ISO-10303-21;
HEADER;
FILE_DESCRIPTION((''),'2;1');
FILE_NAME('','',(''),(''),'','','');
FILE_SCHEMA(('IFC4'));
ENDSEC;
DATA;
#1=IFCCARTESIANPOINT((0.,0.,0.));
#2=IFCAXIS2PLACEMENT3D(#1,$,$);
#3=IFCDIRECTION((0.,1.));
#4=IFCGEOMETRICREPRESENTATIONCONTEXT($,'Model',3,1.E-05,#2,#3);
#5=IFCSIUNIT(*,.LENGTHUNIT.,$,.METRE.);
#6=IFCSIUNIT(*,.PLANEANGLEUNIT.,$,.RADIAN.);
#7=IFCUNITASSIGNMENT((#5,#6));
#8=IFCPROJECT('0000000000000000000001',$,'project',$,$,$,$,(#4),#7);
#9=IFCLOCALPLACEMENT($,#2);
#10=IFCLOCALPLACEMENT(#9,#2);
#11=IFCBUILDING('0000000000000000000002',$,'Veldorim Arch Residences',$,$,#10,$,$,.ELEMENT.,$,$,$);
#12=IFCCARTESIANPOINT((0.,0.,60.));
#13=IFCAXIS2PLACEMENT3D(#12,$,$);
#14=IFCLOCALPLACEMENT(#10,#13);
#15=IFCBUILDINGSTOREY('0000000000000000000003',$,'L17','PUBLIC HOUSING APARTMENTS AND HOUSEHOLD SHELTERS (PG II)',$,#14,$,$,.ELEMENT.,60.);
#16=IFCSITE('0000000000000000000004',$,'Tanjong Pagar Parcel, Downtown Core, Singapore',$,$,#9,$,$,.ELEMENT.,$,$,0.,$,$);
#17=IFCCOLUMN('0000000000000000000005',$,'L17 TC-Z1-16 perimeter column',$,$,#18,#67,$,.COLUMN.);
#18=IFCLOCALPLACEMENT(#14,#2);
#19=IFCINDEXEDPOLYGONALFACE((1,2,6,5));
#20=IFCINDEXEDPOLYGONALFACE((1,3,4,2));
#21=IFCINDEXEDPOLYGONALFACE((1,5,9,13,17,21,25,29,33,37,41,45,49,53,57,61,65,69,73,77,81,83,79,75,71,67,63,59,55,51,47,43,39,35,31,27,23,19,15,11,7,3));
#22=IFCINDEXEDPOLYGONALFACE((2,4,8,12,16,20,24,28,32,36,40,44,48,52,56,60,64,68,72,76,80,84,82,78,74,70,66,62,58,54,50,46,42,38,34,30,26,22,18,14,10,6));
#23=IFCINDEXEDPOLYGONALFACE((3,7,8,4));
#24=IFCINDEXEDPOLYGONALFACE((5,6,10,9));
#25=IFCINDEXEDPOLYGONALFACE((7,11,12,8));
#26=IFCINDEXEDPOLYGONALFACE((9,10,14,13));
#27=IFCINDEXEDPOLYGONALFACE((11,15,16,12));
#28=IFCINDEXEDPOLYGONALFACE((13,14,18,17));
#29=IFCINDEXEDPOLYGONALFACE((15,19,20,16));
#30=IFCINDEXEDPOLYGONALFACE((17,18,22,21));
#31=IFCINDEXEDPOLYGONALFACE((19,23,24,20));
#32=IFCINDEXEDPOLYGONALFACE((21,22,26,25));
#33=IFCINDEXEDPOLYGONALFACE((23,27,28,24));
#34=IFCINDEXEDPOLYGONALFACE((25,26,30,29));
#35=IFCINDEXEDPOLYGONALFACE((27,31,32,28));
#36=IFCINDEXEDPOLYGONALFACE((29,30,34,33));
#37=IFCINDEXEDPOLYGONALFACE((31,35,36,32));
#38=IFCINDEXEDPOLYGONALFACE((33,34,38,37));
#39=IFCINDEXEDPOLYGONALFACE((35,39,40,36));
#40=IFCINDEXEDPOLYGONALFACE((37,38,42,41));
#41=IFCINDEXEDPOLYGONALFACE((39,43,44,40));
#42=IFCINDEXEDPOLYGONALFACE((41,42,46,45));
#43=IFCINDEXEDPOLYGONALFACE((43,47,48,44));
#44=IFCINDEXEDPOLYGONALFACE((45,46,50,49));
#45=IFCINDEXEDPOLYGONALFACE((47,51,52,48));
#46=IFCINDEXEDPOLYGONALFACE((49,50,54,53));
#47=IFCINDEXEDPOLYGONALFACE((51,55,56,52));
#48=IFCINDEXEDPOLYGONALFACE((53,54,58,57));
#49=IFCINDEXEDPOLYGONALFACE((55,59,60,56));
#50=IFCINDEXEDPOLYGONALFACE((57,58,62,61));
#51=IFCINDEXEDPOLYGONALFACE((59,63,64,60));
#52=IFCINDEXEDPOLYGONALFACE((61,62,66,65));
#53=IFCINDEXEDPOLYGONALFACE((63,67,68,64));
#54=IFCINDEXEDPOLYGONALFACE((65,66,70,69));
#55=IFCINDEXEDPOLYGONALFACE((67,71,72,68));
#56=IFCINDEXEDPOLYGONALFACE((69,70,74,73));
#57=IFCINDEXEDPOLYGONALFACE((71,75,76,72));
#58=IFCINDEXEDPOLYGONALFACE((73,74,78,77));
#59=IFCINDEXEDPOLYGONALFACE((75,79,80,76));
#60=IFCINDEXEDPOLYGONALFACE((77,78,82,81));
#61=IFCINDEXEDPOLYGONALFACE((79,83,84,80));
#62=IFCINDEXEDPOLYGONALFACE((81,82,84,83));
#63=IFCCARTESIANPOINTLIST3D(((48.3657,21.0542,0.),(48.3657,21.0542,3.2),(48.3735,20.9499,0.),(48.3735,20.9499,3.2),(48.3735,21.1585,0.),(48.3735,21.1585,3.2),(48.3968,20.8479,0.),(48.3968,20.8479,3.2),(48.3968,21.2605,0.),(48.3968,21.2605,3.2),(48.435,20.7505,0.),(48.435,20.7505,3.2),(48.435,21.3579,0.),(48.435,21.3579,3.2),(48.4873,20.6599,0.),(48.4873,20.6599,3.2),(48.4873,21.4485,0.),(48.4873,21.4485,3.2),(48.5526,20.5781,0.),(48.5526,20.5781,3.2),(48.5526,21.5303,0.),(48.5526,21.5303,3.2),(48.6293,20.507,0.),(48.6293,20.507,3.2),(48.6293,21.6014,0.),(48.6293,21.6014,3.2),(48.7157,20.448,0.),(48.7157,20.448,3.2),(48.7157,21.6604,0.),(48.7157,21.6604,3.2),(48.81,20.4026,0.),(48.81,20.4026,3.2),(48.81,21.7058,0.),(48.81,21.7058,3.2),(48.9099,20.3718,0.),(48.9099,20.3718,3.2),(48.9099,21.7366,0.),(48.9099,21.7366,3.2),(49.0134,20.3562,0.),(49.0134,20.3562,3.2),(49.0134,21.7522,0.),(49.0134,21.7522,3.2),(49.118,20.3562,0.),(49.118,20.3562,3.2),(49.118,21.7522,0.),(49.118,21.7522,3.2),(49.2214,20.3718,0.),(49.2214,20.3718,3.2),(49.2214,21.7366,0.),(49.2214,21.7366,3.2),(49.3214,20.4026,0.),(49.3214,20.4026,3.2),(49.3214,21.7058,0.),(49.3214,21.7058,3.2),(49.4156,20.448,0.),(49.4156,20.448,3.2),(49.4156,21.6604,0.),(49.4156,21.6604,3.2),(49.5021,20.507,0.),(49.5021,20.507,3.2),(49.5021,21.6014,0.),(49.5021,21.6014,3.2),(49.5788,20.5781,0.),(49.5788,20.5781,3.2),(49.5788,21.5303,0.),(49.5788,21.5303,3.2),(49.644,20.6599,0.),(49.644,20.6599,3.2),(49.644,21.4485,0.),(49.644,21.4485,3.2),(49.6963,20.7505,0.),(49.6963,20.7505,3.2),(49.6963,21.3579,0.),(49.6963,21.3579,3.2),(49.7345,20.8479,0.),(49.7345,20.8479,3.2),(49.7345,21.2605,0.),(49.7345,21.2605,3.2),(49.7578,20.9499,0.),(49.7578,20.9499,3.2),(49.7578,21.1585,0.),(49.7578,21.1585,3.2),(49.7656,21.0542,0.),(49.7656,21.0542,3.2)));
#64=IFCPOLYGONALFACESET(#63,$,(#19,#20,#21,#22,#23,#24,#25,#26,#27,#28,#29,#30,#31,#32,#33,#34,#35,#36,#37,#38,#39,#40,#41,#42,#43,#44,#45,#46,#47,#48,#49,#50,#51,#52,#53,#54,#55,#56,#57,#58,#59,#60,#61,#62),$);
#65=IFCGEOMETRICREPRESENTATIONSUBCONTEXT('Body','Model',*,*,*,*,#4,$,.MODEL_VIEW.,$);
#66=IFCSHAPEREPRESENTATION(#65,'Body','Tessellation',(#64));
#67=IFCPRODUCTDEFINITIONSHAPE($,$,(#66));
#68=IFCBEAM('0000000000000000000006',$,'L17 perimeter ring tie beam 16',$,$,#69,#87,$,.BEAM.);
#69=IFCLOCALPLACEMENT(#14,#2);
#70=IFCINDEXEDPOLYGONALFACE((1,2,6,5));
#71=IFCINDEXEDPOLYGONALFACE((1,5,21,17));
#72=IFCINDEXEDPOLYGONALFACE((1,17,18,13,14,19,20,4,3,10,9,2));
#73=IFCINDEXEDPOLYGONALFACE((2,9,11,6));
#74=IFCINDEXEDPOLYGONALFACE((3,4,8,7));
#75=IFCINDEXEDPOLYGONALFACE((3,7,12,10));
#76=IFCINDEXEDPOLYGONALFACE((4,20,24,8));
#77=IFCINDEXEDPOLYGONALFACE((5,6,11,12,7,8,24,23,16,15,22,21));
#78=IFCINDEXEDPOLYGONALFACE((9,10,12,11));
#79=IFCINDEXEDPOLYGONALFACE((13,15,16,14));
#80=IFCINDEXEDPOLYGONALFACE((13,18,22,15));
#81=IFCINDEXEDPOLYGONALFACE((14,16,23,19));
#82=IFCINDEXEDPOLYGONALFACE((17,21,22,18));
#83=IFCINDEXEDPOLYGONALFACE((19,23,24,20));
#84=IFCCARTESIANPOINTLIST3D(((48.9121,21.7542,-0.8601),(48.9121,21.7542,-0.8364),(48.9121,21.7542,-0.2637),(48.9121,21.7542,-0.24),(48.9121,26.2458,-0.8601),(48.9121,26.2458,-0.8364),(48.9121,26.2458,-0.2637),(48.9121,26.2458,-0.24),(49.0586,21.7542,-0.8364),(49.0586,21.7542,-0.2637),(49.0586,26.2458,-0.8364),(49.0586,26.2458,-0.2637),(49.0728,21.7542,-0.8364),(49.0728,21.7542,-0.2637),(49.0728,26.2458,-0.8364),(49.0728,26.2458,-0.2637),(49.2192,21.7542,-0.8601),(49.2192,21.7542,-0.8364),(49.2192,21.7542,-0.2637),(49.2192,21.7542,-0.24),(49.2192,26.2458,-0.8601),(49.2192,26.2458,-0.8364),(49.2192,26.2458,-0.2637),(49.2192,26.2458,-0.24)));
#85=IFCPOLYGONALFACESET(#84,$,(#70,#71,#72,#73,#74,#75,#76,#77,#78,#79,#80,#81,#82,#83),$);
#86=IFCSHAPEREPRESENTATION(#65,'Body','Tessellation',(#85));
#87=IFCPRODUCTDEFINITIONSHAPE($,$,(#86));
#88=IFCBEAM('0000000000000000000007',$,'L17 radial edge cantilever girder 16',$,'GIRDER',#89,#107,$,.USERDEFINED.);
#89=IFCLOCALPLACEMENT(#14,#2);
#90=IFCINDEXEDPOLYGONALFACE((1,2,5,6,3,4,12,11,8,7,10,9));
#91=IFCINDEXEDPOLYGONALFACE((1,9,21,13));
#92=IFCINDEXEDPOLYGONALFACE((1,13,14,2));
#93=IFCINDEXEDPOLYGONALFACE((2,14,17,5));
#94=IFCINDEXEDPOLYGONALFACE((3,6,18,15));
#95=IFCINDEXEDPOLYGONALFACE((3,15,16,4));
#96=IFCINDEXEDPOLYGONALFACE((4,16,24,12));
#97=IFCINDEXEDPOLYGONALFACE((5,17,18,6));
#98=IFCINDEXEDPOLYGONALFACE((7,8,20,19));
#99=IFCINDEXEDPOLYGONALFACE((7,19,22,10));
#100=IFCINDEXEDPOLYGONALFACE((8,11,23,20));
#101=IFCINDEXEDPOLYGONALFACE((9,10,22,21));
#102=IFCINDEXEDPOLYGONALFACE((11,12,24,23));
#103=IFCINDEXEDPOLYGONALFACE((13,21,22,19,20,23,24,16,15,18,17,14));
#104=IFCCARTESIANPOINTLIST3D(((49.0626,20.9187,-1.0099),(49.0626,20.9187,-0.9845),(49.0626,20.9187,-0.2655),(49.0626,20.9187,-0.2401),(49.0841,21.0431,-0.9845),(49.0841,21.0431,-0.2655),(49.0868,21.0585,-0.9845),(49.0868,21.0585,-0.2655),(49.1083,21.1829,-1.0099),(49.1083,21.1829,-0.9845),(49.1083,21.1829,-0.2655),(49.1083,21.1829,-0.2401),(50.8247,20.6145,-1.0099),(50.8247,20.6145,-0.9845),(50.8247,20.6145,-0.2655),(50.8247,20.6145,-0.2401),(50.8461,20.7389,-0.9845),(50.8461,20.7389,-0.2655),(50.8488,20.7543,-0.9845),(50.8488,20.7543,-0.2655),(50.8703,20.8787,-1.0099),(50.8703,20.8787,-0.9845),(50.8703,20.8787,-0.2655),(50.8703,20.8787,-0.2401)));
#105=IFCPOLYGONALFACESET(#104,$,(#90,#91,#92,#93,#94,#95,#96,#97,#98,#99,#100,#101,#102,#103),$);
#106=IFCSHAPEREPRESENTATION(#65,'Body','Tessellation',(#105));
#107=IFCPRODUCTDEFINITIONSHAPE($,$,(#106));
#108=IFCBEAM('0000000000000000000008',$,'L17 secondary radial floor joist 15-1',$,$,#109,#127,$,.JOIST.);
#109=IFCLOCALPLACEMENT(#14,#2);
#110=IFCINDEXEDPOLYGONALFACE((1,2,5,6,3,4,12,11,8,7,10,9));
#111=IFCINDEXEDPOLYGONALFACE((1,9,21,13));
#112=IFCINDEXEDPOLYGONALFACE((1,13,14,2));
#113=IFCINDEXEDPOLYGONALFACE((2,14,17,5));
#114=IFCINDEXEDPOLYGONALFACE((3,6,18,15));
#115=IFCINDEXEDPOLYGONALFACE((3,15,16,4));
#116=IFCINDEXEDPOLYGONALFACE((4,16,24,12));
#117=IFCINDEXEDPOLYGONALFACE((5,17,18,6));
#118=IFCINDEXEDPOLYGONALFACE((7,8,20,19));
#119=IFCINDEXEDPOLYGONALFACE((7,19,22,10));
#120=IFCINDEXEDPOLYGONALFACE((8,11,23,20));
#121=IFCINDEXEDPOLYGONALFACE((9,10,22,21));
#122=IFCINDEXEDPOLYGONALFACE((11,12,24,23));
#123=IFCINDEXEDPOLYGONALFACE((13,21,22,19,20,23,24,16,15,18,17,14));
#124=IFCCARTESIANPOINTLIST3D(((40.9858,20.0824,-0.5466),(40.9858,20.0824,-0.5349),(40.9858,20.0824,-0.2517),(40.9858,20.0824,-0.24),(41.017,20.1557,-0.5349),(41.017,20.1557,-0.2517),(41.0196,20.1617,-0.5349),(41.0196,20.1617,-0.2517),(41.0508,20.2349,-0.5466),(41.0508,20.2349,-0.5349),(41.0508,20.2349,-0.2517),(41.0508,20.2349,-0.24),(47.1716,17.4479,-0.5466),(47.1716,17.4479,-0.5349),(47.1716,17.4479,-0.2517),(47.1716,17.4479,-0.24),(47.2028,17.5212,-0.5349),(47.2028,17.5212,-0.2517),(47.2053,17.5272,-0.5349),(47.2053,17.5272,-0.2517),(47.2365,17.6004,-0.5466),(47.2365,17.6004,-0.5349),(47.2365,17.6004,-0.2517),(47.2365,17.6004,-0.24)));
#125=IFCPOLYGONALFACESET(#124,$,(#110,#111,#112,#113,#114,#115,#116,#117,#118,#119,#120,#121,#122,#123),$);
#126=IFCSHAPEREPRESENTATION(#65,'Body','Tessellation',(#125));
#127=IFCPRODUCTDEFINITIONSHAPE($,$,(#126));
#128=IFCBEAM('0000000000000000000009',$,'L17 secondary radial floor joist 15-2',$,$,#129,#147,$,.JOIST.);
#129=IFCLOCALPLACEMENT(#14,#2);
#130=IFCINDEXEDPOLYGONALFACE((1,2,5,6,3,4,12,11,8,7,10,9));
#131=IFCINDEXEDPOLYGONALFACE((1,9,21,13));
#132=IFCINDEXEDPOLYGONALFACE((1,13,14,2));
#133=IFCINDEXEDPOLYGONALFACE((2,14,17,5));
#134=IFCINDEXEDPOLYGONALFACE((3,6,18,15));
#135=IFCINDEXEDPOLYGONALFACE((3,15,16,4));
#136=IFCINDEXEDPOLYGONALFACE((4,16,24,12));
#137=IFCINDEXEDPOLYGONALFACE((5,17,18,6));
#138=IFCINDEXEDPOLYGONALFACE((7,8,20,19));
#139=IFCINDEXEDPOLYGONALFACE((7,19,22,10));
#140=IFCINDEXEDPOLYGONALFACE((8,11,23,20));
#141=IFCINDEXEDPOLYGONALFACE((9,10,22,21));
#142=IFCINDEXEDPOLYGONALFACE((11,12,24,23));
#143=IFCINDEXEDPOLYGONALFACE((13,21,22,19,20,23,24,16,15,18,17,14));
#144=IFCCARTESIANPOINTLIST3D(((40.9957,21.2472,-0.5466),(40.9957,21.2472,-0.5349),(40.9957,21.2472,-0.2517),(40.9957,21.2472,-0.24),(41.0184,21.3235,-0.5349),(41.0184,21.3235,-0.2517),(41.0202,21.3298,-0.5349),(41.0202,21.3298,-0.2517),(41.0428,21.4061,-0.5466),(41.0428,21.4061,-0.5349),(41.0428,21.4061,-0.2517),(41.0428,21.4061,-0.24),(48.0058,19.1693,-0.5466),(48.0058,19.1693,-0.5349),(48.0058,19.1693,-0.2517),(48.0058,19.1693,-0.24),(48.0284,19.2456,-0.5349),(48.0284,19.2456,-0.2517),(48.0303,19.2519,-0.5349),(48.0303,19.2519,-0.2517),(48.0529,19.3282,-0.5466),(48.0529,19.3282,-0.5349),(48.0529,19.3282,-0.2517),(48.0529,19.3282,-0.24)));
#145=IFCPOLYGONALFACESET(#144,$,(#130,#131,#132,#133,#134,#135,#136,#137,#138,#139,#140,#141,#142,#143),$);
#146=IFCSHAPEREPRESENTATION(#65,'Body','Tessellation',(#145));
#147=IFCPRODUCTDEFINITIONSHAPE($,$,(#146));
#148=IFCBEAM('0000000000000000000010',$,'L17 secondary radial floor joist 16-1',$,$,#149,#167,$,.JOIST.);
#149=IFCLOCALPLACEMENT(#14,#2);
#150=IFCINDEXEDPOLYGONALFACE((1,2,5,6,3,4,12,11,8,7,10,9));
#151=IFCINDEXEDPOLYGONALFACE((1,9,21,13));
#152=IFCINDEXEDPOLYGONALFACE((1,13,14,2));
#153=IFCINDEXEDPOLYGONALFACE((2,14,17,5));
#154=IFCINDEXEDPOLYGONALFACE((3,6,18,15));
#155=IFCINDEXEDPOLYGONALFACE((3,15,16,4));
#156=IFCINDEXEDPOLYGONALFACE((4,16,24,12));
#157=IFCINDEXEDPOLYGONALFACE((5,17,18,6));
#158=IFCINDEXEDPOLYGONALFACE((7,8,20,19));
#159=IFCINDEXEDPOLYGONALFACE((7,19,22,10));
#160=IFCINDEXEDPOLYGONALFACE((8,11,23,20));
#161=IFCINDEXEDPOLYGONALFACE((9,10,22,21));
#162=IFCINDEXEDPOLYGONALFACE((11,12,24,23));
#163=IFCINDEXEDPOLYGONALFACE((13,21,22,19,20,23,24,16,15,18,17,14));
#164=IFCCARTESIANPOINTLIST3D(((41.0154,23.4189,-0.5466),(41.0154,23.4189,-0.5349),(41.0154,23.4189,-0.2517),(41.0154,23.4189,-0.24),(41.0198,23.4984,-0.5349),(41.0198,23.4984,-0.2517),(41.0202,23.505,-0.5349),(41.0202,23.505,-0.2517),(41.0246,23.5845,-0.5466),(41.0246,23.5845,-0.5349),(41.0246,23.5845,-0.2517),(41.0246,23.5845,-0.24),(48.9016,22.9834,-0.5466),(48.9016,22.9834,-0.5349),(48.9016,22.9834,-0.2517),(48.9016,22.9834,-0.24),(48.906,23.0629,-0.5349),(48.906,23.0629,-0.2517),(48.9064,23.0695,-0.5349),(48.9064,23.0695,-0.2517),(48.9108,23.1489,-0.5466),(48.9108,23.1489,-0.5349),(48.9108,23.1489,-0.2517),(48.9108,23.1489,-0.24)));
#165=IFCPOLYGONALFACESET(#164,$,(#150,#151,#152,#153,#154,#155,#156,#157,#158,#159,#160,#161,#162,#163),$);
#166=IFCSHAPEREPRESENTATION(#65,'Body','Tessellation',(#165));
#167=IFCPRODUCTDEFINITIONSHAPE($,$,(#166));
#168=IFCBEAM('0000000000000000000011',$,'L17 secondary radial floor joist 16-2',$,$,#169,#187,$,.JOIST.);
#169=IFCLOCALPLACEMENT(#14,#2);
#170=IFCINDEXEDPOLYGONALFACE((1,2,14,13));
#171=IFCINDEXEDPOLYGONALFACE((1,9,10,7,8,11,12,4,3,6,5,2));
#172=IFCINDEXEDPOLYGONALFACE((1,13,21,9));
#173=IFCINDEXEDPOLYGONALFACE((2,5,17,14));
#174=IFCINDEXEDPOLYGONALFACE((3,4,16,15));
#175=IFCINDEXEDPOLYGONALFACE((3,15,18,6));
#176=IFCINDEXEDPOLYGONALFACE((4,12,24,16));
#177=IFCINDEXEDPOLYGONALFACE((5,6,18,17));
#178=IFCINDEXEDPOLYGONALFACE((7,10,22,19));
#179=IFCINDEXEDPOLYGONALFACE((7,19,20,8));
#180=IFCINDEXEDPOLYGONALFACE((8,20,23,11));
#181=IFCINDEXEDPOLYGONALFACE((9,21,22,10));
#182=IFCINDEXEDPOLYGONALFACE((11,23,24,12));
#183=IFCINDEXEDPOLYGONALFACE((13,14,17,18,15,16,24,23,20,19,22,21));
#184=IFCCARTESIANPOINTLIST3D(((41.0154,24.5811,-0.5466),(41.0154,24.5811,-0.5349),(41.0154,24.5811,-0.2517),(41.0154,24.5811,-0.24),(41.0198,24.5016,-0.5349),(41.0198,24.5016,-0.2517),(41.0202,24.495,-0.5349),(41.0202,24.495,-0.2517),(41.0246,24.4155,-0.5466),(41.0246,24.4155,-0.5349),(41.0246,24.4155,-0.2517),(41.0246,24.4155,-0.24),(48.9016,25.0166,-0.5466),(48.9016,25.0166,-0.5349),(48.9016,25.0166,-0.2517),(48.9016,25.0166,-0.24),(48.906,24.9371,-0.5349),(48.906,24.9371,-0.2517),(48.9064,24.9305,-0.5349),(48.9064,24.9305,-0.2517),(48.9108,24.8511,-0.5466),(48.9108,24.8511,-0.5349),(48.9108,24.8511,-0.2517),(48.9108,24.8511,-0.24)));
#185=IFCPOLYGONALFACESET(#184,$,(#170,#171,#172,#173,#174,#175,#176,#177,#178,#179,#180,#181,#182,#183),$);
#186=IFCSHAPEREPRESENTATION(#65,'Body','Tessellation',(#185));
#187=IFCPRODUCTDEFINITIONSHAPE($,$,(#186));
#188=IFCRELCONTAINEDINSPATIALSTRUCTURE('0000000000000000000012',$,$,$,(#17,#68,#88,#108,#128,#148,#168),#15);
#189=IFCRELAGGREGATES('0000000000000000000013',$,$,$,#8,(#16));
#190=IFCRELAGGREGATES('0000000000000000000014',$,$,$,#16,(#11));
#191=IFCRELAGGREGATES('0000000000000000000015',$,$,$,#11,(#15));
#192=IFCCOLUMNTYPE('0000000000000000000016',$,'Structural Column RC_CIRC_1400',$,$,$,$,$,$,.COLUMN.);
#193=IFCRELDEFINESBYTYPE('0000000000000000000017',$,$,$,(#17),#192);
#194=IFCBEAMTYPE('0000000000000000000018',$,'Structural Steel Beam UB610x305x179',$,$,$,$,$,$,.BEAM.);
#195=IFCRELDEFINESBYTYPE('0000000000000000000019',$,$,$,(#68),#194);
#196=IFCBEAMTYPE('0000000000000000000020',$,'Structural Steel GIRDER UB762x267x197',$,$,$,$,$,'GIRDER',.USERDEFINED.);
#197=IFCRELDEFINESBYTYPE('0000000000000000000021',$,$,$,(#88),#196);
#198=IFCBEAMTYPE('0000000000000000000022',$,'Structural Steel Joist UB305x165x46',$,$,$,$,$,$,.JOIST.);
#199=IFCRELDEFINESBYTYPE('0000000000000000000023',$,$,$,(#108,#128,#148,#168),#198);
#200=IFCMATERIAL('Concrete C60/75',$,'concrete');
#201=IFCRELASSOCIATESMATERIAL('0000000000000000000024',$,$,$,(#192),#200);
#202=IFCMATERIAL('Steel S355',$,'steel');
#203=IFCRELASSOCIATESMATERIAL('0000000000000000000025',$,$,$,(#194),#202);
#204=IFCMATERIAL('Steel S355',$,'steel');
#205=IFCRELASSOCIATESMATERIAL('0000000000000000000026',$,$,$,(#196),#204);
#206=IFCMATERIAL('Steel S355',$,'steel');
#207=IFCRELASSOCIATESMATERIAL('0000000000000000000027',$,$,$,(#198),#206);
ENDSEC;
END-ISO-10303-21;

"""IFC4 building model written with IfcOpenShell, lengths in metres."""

from ifc_helpers import new_model, si_unit, direction, frame, origin, origin_2d, place, context, subcontext, project, spatial, circle, i_section, extrude, material, material_profile, profile_set, type_object, element, save


model = new_model("IFC4")

# Units and contexts
model_context = context("Model", 3, precision=1e-05, world=origin(), true_north=direction((0.0, 1.0)))
body_context = subcontext(model_context, "Body", "Model", "MODEL_VIEW")
ifc_project = project(units=[si_unit("LENGTHUNIT", "METRE"), si_unit("PLANEANGLEUNIT", "RADIAN")], contexts=[model_context])

# Site, building, storey
site_placement = place(None, origin())
site = spatial("IfcSite", under=ifc_project, at=site_placement, Name="Tanjong Pagar Parcel, Downtown Core, Singapore", CompositionType="ELEMENT", RefElevation=0.0)
building_placement = place(site_placement, origin())
building = spatial("IfcBuilding", under=site, at=building_placement, Name="Veldorim Arch Residences", CompositionType="ELEMENT")
storey_placement = place(building_placement, frame((0.0, 0.0, 60.0)))
storey = spatial("IfcBuildingStorey", under=building, at=storey_placement, Name="L17", Description="PUBLIC HOUSING APARTMENTS AND HOUSEHOLD SHELTERS (PG II)", CompositionType="ELEMENT", Elevation=60.0)

# Column
ifc_material_1 = material(Name="Concrete C60/75", Category="concrete")
ifc_material_profile_1 = material_profile(ifc_material_1, circle(Radius=0.7, at=origin_2d()), Name="RC_CIRC_1400")
ifc_profile_set_1 = profile_set([ifc_material_profile_1], Name="Concrete C60/75")
column_type = type_object("IfcColumnType", Name="Structural Column RC_CIRC_1400", PredefinedType="COLUMN", material=ifc_profile_set_1)
column_placement = place(storey_placement, frame((49.0657, 21.0542, 0.0), z_axis=(0.0, 0.0, 1.0), x_axis=(1.0, 0.0, 0.0)))
element("IfcColumn", 1, at=column_placement, inside=storey, type_object=column_type, Name="L17 TC-Z1-16 perimeter column", PredefinedType="COLUMN", context=body_context, shape_type="SweptSolid", body=[
    extrude(circle(Radius=0.7, at=origin_2d()), origin(), (0.0, 0.0, 1.0), 3.2),
])

# Beams
ifc_material_2 = material(Name="Steel S355", Category="steel")
ifc_material_profile_2 = material_profile(ifc_material_2, i_section(OverallWidth=0.3071, OverallDepth=0.6201, WebThickness=0.0142, FlangeThickness=0.0237, at=origin_2d()), Name="UB610x305x179")
ifc_profile_set_2 = profile_set([ifc_material_profile_2], Name="Steel S355")
beam_type_1 = type_object("IfcBeamType", Name="Structural Steel Beam UB610x305x179", PredefinedType="BEAM", material=ifc_profile_set_2)
beam_1_placement = place(storey_placement, frame((49.0657, 21.7542, -0.55), z_axis=(0.0, 1.0, 0.0), x_axis=(-1.0, 0.0, 0.0)))
element("IfcBeam", 2, at=beam_1_placement, inside=storey, type_object=beam_type_1, Name="L17 perimeter ring tie beam 16", PredefinedType="BEAM", context=body_context, shape_type="SweptSolid", body=[
    extrude(i_section(OverallWidth=0.3071, OverallDepth=0.6201, WebThickness=0.0142, FlangeThickness=0.0237, at=origin_2d()), origin(), (0.0, 0.0, 1.0), 4.4917),
])
ifc_material_3 = material(Name="Steel S355", Category="steel")
ifc_material_profile_3 = material_profile(ifc_material_3, i_section(OverallWidth=0.2681, OverallDepth=0.7698, WebThickness=0.0156, FlangeThickness=0.0254, at=origin_2d()), Name="UB762x267x197")
ifc_profile_set_3 = profile_set([ifc_material_profile_3], Name="Steel S355")
beam_type_2 = type_object("IfcBeamType", Name="Structural Steel GIRDER UB762x267x197", ElementType="GIRDER", PredefinedType="USERDEFINED", material=ifc_profile_set_3)
beam_2_placement = place(storey_placement, frame((49.0854, 21.0508, -0.625), z_axis=(0.985421, -0.170131, 0.0), x_axis=(0.170131, 0.985421, 0.0)))
element("IfcBeam", 3, at=beam_2_placement, inside=storey, type_object=beam_type_2, Name="L17 radial edge cantilever girder 16", ObjectType="GIRDER", PredefinedType="USERDEFINED", context=body_context, shape_type="SweptSolid", body=[
    extrude(i_section(OverallWidth=0.2681, OverallDepth=0.7698, WebThickness=0.0156, FlangeThickness=0.0254, at=origin_2d()), origin(), (0.0, 0.0, 1.0), 1.7881),
])
ifc_material_4 = material(Name="Steel S355", Category="steel")
ifc_material_profile_4 = material_profile(ifc_material_4, i_section(OverallWidth=0.1658, OverallDepth=0.3066, WebThickness=0.0066, FlangeThickness=0.0117, at=origin_2d()), Name="UB305x165x46")
ifc_profile_set_4 = profile_set([ifc_material_profile_4], Name="Steel S355")
beam_type_3 = type_object("IfcBeamType", Name="Structural Steel Joist UB305x165x46", PredefinedType="JOIST", material=ifc_profile_set_4)
beam_3_placement = place(storey_placement, frame((41.0183, 20.1587, -0.3933), z_axis=(0.920033, -0.391841, 0.0), x_axis=(0.391841, 0.920033, 0.0)))
element("IfcBeam", 4, at=beam_3_placement, inside=storey, type_object=beam_type_3, Name="L17 secondary radial floor joist 15-1", PredefinedType="JOIST", context=body_context, shape_type="SweptSolid", body=[
    extrude(i_section(OverallWidth=0.1658, OverallDepth=0.3066, WebThickness=0.0066, FlangeThickness=0.0117, at=origin_2d()), origin(), (0.0, 0.0, 1.0), 6.7234),
])
beam_4_placement = place(storey_placement, frame((41.0193, 21.3267, -0.3933), z_axis=(0.958767, -0.284194, 0.0), x_axis=(0.284194, 0.958767, 0.0)))
element("IfcBeam", 5, at=beam_4_placement, inside=storey, type_object=beam_type_3, Name="L17 secondary radial floor joist 15-2", PredefinedType="JOIST", context=body_context, shape_type="SweptSolid", body=[
    extrude(i_section(OverallWidth=0.1658, OverallDepth=0.3066, WebThickness=0.0066, FlangeThickness=0.0117, at=origin_2d()), origin(), (0.0, 0.0, 1.0), 7.3115),
])
for number, where, z_axis, x_axis, name in (
    (6, (41.02, 23.5017, -0.3933), (0.998478, -0.055145, 0.0), (0.055145, 0.998478, 0.0), "L17 secondary radial floor joist 16-1"),
    (7, (41.02, 24.4983, -0.3933), (0.998478, 0.055145, 0.0), (-0.055145, 0.998478, 0.0), "L17 secondary radial floor joist 16-2"),
):
    element("IfcBeam", number, at=place(storey_placement, frame(where, z_axis=z_axis, x_axis=x_axis)), inside=storey, type_object=beam_type_3, Name=name, PredefinedType="JOIST", context=body_context, shape_type="SweptSolid", body=[
        extrude(i_section(OverallWidth=0.1658, OverallDepth=0.3066, WebThickness=0.0066, FlangeThickness=0.0117, at=origin_2d()), origin(), (0.0, 0.0, 1.0), 7.8982),
    ])

save(model, "model.ifc")
